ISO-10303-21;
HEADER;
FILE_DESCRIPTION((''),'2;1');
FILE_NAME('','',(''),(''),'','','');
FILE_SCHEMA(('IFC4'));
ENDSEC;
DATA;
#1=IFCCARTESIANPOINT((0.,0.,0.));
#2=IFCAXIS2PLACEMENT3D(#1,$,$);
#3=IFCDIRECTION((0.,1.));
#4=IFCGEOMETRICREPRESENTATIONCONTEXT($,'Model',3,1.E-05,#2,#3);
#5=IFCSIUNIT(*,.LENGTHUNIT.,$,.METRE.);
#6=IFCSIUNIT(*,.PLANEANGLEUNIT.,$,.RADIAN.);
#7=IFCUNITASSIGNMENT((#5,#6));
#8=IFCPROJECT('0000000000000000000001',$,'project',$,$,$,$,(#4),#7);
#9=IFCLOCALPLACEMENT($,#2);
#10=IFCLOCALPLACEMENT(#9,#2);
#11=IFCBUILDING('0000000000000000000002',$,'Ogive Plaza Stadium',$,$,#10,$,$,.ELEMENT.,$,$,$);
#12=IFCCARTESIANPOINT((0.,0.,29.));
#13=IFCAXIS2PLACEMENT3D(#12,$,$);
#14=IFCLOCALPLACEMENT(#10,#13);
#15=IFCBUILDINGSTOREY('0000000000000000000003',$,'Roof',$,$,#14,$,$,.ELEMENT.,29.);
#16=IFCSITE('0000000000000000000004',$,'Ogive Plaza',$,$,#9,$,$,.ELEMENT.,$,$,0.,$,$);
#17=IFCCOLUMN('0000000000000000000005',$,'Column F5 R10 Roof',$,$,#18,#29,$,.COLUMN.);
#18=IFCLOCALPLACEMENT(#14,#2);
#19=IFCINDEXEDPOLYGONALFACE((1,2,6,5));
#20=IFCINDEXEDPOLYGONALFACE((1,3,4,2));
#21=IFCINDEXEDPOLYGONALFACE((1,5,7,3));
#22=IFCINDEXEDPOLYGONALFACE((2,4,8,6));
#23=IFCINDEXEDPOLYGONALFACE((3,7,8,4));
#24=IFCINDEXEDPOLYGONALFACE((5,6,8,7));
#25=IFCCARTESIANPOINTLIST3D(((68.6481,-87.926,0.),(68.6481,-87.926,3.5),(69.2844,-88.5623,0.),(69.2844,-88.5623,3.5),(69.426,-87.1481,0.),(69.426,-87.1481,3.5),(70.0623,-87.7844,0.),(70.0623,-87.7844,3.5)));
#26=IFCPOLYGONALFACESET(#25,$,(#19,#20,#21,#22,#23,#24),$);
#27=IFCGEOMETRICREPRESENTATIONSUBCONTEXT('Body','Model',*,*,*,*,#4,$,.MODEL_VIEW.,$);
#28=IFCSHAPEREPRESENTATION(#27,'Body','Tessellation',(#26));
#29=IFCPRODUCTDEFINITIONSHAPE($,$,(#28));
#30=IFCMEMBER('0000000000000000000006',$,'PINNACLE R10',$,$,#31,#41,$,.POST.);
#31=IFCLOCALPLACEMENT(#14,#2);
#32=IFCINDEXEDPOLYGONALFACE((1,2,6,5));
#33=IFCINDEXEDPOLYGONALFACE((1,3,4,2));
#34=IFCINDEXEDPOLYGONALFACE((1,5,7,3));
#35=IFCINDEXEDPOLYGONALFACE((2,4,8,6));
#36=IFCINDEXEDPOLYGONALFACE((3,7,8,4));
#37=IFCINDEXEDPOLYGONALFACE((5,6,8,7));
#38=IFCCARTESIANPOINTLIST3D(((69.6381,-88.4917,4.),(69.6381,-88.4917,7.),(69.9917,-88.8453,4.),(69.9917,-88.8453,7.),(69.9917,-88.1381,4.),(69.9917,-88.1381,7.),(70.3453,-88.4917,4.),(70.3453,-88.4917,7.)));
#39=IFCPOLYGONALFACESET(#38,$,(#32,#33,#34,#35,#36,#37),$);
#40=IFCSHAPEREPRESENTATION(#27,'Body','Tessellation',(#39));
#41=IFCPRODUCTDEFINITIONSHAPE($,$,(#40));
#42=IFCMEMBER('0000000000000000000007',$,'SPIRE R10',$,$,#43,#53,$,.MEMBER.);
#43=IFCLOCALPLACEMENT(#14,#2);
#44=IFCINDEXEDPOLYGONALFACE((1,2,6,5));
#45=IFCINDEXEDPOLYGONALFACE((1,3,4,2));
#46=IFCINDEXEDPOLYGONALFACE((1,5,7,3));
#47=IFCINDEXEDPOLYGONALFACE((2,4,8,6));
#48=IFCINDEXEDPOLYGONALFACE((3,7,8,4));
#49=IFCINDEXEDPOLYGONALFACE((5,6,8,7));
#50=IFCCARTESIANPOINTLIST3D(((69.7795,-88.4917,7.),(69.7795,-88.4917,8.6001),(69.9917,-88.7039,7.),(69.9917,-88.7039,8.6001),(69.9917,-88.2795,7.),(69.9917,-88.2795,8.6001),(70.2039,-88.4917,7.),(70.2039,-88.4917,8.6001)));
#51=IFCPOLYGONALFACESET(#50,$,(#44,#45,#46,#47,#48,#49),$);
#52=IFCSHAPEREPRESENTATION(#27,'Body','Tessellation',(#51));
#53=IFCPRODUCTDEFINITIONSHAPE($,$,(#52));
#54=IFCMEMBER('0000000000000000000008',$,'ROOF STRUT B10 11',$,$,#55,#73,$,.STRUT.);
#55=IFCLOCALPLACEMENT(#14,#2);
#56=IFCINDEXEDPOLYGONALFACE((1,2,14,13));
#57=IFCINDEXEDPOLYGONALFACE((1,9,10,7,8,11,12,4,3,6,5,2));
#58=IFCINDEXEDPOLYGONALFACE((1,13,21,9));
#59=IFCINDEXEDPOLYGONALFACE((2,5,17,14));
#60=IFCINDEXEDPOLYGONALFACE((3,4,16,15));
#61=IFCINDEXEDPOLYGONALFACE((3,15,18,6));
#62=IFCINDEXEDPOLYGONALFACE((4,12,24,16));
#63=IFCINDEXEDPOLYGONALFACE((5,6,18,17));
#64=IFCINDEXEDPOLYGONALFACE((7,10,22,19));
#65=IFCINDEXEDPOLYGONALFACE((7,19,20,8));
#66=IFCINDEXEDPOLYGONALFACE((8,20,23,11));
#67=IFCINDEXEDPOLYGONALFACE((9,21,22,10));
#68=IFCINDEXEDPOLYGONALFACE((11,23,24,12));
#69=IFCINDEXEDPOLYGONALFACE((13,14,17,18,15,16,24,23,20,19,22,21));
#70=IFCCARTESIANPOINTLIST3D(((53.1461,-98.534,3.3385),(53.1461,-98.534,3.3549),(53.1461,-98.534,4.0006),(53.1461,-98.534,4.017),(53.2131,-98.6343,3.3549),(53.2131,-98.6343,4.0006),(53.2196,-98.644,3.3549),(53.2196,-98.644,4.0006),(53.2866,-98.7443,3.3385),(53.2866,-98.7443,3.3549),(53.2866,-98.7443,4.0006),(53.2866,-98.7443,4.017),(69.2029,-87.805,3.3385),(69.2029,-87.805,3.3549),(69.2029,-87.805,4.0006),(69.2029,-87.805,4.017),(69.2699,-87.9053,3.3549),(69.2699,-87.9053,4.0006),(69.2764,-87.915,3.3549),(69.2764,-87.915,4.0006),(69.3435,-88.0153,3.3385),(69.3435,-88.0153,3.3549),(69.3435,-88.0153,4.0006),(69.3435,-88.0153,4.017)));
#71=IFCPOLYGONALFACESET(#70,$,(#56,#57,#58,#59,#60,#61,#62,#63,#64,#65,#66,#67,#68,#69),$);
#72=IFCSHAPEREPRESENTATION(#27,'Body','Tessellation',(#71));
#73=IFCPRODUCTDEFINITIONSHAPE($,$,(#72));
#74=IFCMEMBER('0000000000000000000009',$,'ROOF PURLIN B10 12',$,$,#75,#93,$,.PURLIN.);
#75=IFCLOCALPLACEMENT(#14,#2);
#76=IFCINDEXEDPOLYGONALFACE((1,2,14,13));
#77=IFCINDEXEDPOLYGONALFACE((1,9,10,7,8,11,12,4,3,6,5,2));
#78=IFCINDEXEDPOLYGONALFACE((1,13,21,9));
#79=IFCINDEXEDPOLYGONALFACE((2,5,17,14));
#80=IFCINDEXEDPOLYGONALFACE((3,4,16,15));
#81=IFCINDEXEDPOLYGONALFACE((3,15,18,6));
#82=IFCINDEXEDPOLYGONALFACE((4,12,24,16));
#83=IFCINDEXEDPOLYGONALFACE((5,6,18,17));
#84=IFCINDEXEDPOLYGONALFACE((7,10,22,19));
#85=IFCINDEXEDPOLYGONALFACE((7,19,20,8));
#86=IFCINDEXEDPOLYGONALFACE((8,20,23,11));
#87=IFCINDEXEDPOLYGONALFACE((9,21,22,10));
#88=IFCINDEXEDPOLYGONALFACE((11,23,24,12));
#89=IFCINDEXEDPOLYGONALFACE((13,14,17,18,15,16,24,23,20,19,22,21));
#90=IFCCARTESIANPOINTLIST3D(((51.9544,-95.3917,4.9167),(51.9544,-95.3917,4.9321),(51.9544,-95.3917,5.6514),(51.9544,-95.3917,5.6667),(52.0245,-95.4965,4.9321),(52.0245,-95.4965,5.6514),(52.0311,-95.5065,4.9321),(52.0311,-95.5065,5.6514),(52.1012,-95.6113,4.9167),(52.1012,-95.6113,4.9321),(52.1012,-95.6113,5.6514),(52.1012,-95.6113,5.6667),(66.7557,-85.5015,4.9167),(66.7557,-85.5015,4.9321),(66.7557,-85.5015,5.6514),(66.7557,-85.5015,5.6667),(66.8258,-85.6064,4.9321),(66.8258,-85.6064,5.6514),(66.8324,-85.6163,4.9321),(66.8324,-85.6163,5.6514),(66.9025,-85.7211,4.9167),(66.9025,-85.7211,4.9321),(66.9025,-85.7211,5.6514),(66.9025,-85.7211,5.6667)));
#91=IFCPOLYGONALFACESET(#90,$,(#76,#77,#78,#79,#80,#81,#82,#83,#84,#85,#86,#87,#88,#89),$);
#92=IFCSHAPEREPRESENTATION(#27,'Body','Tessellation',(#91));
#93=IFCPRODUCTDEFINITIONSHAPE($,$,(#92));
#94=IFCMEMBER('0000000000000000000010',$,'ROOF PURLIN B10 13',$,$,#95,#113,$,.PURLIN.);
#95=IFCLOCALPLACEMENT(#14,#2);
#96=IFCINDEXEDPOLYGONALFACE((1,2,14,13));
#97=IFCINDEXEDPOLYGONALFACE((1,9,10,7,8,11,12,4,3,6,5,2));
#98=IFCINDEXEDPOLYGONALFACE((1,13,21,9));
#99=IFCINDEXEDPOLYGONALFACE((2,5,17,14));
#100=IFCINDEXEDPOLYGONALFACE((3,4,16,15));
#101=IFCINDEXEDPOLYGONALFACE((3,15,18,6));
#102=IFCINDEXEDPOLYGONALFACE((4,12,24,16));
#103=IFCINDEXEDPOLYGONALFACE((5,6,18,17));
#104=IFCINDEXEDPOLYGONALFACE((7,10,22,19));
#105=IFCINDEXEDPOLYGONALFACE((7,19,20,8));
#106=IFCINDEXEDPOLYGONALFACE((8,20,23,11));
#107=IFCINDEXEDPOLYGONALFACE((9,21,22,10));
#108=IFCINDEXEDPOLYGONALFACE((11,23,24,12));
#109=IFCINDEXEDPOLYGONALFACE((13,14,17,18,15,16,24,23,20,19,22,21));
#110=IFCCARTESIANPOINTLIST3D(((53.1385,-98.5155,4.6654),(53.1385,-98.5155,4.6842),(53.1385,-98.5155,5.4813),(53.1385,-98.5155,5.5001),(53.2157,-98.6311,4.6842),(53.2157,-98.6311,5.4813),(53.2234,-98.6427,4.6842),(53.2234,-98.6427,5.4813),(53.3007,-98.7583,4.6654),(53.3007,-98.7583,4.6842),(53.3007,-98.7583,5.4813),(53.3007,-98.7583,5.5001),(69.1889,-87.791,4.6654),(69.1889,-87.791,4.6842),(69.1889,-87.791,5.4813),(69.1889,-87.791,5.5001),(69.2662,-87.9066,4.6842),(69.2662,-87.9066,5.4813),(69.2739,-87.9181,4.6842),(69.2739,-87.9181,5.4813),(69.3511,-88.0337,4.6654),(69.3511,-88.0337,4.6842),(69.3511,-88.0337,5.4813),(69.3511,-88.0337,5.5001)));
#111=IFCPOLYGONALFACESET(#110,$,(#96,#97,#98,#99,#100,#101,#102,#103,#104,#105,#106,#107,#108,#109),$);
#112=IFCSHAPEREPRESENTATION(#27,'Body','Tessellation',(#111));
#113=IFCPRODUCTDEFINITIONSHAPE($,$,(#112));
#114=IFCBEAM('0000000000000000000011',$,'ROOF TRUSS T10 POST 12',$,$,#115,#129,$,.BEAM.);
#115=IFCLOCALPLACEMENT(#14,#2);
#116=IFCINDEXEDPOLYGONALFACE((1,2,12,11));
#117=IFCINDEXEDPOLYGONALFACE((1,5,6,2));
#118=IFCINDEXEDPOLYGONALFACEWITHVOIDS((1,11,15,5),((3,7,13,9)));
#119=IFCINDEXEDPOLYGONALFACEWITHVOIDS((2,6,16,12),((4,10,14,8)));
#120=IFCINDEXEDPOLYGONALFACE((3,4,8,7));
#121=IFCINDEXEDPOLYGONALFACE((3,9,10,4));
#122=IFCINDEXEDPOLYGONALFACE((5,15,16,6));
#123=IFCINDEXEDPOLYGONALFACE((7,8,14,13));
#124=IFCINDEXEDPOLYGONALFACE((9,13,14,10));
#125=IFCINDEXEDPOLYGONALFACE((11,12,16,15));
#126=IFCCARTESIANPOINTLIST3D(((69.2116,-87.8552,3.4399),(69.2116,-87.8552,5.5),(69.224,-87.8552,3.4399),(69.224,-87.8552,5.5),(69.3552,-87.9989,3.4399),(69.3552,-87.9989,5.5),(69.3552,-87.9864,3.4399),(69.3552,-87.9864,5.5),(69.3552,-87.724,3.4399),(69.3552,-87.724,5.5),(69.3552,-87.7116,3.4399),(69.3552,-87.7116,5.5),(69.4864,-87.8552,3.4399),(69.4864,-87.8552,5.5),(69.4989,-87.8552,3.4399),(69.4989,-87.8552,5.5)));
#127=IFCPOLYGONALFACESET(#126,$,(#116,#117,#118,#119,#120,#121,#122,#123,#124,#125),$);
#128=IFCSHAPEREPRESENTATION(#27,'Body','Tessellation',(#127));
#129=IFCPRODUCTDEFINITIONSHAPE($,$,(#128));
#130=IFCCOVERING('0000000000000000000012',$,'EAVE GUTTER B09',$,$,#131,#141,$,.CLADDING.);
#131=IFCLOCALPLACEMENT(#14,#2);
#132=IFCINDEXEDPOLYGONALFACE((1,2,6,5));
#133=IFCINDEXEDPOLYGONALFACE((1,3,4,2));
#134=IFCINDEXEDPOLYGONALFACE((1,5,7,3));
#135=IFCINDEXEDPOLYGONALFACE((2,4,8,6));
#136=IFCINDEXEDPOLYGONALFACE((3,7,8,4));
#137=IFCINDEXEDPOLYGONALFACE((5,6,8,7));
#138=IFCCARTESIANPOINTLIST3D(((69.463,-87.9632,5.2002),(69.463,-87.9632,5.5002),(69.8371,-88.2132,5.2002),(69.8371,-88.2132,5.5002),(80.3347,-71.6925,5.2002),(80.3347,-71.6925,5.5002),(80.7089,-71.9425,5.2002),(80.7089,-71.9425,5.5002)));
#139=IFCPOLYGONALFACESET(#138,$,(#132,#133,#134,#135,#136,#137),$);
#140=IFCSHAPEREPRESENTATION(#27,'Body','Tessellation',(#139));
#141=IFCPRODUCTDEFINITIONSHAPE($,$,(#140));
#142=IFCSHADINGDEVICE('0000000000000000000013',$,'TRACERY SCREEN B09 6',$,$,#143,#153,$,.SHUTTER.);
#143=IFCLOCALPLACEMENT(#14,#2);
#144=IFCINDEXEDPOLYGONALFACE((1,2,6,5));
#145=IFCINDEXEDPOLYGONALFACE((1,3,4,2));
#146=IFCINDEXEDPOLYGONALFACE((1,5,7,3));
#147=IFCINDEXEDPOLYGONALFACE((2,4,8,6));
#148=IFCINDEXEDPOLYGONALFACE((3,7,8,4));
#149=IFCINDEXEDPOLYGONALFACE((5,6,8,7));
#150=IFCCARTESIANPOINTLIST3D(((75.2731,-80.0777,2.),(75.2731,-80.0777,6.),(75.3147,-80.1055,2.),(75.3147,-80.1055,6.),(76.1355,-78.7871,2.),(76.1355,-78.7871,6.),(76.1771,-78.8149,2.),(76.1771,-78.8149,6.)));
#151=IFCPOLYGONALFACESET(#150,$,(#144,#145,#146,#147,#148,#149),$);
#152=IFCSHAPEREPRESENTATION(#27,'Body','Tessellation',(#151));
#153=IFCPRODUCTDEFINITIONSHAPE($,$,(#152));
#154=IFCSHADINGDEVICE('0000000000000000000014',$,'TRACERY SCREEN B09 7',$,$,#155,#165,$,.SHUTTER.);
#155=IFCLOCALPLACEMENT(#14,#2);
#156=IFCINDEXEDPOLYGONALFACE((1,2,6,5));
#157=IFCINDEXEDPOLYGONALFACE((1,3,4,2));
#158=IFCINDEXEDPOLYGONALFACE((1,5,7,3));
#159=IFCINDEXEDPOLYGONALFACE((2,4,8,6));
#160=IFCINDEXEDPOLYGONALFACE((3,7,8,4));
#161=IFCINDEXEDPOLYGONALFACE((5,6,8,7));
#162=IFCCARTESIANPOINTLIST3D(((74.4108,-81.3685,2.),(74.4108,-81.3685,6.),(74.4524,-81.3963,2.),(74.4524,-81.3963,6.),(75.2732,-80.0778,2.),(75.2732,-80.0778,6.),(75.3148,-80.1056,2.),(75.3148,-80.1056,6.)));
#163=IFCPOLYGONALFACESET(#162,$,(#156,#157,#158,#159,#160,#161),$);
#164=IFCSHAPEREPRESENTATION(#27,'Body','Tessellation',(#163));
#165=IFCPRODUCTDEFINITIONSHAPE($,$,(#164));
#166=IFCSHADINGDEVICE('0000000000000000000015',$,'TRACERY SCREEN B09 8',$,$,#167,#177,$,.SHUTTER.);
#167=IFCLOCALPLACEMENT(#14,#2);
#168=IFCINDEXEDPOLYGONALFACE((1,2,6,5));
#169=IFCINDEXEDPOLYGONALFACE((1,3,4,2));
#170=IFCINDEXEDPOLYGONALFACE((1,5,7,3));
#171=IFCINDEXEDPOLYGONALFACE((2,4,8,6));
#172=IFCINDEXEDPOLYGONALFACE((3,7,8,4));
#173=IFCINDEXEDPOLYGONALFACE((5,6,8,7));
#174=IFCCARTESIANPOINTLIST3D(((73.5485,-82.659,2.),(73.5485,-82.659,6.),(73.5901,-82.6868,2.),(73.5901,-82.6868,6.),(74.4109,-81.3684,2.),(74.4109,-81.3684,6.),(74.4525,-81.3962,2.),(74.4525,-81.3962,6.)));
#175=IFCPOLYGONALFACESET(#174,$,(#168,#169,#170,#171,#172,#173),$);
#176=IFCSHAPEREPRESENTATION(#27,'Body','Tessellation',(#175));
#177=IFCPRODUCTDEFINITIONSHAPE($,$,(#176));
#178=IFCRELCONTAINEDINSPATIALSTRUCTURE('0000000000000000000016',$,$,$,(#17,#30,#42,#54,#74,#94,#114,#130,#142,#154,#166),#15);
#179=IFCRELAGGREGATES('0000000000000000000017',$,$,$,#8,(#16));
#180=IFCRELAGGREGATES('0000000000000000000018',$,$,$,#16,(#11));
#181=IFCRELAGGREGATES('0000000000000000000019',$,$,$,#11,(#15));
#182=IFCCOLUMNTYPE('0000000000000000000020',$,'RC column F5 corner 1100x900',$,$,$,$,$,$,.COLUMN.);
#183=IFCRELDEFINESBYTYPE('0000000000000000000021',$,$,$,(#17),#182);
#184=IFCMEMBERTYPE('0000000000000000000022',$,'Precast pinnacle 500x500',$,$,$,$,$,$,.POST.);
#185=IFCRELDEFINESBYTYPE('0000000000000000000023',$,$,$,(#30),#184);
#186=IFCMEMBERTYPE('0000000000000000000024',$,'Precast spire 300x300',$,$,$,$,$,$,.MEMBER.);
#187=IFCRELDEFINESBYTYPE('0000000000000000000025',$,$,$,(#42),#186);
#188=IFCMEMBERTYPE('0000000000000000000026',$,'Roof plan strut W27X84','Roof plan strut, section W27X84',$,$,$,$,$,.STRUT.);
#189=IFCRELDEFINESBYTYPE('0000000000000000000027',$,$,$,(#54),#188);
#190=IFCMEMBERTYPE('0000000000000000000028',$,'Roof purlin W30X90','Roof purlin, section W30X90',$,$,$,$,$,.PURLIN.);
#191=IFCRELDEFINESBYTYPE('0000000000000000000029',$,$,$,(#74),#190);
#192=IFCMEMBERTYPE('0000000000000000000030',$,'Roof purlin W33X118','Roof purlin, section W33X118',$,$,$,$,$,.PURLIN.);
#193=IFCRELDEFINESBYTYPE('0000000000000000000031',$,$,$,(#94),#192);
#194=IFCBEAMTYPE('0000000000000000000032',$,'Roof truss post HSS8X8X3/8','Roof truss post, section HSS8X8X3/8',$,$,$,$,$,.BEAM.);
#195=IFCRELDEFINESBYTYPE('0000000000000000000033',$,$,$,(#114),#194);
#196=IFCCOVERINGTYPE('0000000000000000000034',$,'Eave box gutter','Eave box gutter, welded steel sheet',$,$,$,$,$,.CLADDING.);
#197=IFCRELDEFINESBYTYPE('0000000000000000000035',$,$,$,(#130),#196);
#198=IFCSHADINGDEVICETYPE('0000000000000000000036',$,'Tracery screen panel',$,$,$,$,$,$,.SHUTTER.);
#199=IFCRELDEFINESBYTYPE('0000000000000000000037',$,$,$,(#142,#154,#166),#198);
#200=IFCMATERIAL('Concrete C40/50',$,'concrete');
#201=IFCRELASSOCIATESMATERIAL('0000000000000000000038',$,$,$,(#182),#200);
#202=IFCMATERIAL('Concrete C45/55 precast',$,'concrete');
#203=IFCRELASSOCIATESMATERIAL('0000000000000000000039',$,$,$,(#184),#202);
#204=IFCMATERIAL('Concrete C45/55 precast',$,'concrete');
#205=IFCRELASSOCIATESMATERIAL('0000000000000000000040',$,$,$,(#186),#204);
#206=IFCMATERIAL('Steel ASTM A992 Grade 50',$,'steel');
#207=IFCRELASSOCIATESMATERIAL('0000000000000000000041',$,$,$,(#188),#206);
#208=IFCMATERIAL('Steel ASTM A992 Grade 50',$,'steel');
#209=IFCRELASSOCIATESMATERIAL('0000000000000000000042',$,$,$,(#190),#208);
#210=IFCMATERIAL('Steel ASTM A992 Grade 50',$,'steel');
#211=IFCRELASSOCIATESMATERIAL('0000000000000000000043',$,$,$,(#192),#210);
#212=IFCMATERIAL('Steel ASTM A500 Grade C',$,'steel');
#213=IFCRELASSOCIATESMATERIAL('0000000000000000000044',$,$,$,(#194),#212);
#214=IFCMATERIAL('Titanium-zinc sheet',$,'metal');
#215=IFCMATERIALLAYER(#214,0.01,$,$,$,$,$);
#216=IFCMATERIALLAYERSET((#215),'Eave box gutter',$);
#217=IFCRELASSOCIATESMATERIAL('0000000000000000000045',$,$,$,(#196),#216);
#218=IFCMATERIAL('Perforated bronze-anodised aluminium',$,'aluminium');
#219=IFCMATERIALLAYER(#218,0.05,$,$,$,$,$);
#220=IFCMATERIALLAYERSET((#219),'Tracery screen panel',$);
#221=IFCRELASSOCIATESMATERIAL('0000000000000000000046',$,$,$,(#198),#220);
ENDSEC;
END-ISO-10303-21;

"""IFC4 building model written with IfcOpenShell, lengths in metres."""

from ifc_helpers import new_model, si_unit, direction, frame, origin, origin_2d, place, context, subcontext, project, spatial, rectangle, hollow_rectangle, i_section, extrude, material, layer, layer_set, material_profile, profile_set, type_object, element, save


model = new_model("IFC4")

# Units and contexts
model_context = context("Model", 3, precision=1e-05, world=origin(), true_north=direction((0.0, 1.0)))
body_context = subcontext(model_context, "Body", "Model", "MODEL_VIEW")
ifc_project = project(units=[si_unit("LENGTHUNIT", "METRE"), si_unit("PLANEANGLEUNIT", "RADIAN")], contexts=[model_context])

# Site, building, storey
site_placement = place(None, origin())
site = spatial("IfcSite", under=ifc_project, at=site_placement, Name="Ogive Plaza", CompositionType="ELEMENT", RefElevation=0.0)
building_placement = place(site_placement, origin())
building = spatial("IfcBuilding", under=site, at=building_placement, Name="Ogive Plaza Stadium", CompositionType="ELEMENT")
storey_placement = place(building_placement, frame((0.0, 0.0, 29.0)))
storey = spatial("IfcBuildingStorey", under=building, at=storey_placement, Name="Roof", CompositionType="ELEMENT", Elevation=29.0)

# Column
ifc_material_1 = material(Name="Concrete C40/50", Category="concrete")
ifc_material_profile_1 = material_profile(ifc_material_1, rectangle(XDim=1.1001, YDim=0.8999, at=origin_2d()), Name="RC 1100x900")
ifc_profile_set_1 = profile_set([ifc_material_profile_1], Name="Concrete C40/50")
column_type = type_object("IfcColumnType", Name="RC column F5 corner 1100x900", PredefinedType="COLUMN", material=ifc_profile_set_1)
column_placement = place(storey_placement, frame((69.3552, -87.8552, 0.0), z_axis=(0.0, 0.0, 1.0), x_axis=(0.707107, 0.707107, 0.0)))
element("IfcColumn", 1, at=column_placement, inside=storey, type_object=column_type, Name="Column F5 R10 Roof", PredefinedType="COLUMN", context=body_context, shape_type="SweptSolid", body=[
    extrude(rectangle(XDim=1.1001, YDim=0.8999, at=origin_2d()), origin(), (0.0, 0.0, 1.0), 3.5),
])

# Members
ifc_material_2 = material(Name="Concrete C45/55 precast", Category="concrete")
ifc_material_profile_2 = material_profile(ifc_material_2, rectangle(XDim=0.5, YDim=0.5, at=origin_2d()), Name="RC 500x500")
ifc_profile_set_2 = profile_set([ifc_material_profile_2], Name="Concrete C45/55 precast")
member_type_1 = type_object("IfcMemberType", Name="Precast pinnacle 500x500", PredefinedType="POST", material=ifc_profile_set_2)
member_1_placement = place(storey_placement, frame((69.9917, -88.4917, 4.0), z_axis=(0.0, 0.0, 1.0), x_axis=(0.707107, 0.707107, 0.0)))
element("IfcMember", 2, at=member_1_placement, inside=storey, type_object=member_type_1, Name="PINNACLE R10", PredefinedType="POST", context=body_context, shape_type="SweptSolid", body=[
    extrude(rectangle(XDim=0.5, YDim=0.5, at=origin_2d()), origin(), (0.0, 0.0, 1.0), 3.0),
])
ifc_material_3 = material(Name="Concrete C45/55 precast", Category="concrete")
ifc_material_profile_3 = material_profile(ifc_material_3, rectangle(XDim=0.3, YDim=0.3, at=origin_2d()), Name="RC 300x300")
ifc_profile_set_3 = profile_set([ifc_material_profile_3], Name="Concrete C45/55 precast")
member_type_2 = type_object("IfcMemberType", Name="Precast spire 300x300", PredefinedType="MEMBER", material=ifc_profile_set_3)
member_2_placement = place(storey_placement, frame((69.9917, -88.4917, 7.0), z_axis=(0.0, 0.0, 1.0), x_axis=(0.707107, 0.707107, 0.0)))
element("IfcMember", 3, at=member_2_placement, inside=storey, type_object=member_type_2, Name="SPIRE R10", PredefinedType="MEMBER", context=body_context, shape_type="SweptSolid", body=[
    extrude(rectangle(XDim=0.3, YDim=0.3, at=origin_2d()), origin(), (0.0, 0.0, 1.0), 1.6001),
])
ifc_material_4 = material(Name="Steel ASTM A992 Grade 50", Category="steel")
ifc_material_profile_4 = material_profile(ifc_material_4, i_section(OverallWidth=0.2529, OverallDepth=0.6785, WebThickness=0.0117, FlangeThickness=0.0164, at=origin_2d()), Name="W27X84")
ifc_profile_set_4 = profile_set([ifc_material_profile_4], Name="Steel ASTM A992 Grade 50")
member_type_3 = type_object("IfcMemberType", Name="Roof plan strut W27X84", Description="Roof plan strut, section W27X84", PredefinedType="STRUT", material=ifc_profile_set_4)
member_3_placement = place(storey_placement, frame((69.2732, -87.9102, 3.6777), z_axis=(-0.831466, -0.555575, 0.0), x_axis=(0.555575, -0.831466, 0.0)))
element("IfcMember", 4, at=member_3_placement, inside=storey, type_object=member_type_3, Name="ROOF STRUT B10 11", PredefinedType="STRUT", context=body_context, shape_type="SweptSolid", body=[
    extrude(i_section(OverallWidth=0.2529, OverallDepth=0.6785, WebThickness=0.0117, FlangeThickness=0.0164, at=origin_2d()), origin(), (0.0, 0.0, 1.0), 19.3115),
])
ifc_material_5 = material(Name="Steel ASTM A992 Grade 50", Category="steel")
ifc_material_profile_5 = material_profile(ifc_material_5, i_section(OverallWidth=0.2642, OverallDepth=0.75, WebThickness=0.012, FlangeThickness=0.0154, at=origin_2d()), Name="W30X90")
ifc_profile_set_5 = profile_set([ifc_material_profile_5], Name="Steel ASTM A992 Grade 50")
member_type_4 = type_object("IfcMemberType", Name="Roof purlin W30X90", Description="Roof purlin, section W30X90", PredefinedType="PURLIN", material=ifc_profile_set_5)
member_4_placement = place(storey_placement, frame((66.8291, -85.6113, 5.2917), z_axis=(-0.831463, -0.55558, 0.0), x_axis=(0.55558, -0.831463, 0.0)))
element("IfcMember", 5, at=member_4_placement, inside=storey, type_object=member_type_4, Name="ROOF PURLIN B10 12", PredefinedType="PURLIN", context=body_context, shape_type="SweptSolid", body=[
    extrude(i_section(OverallWidth=0.2642, OverallDepth=0.75, WebThickness=0.012, FlangeThickness=0.0154, at=origin_2d()), origin(), (0.0, 0.0, 1.0), 17.8015),
])
ifc_material_6 = material(Name="Steel ASTM A992 Grade 50", Category="steel")
ifc_material_profile_6 = material_profile(ifc_material_6, i_section(OverallWidth=0.292, OverallDepth=0.8347, WebThickness=0.0139, FlangeThickness=0.0188, at=origin_2d()), Name="W33X118")
ifc_profile_set_6 = profile_set([ifc_material_profile_6], Name="Steel ASTM A992 Grade 50")
member_type_5 = type_object("IfcMemberType", Name="Roof purlin W33X118", Description="Roof purlin, section W33X118", PredefinedType="PURLIN", material=ifc_profile_set_6)
member_5_placement = place(storey_placement, frame((69.27, -87.9124, 5.0828), z_axis=(-0.83147, -0.55557, 0.0), x_axis=(0.55557, -0.83147, 0.0)))
element("IfcMember", 6, at=member_5_placement, inside=storey, type_object=member_type_5, Name="ROOF PURLIN B10 13", PredefinedType="PURLIN", context=body_context, shape_type="SweptSolid", body=[
    extrude(i_section(OverallWidth=0.292, OverallDepth=0.8347, WebThickness=0.0139, FlangeThickness=0.0188, at=origin_2d()), origin(), (0.0, 0.0, 1.0), 19.3037),
])

# Beam
ifc_material_7 = material(Name="Steel ASTM A500 Grade C", Category="steel")
ifc_material_profile_7 = material_profile(ifc_material_7, hollow_rectangle(XDim=0.2031, YDim=0.2031, WallThickness=0.0088, at=origin_2d()), Name="HSS8X8X3/8")
ifc_profile_set_7 = profile_set([ifc_material_profile_7], Name="Steel ASTM A500 Grade C")
beam_type = type_object("IfcBeamType", Name="Roof truss post HSS8X8X3/8", Description="Roof truss post, section HSS8X8X3/8", PredefinedType="BEAM", material=ifc_profile_set_7)
beam_placement = place(storey_placement, frame((69.3552, -87.8552, 3.4399), z_axis=(0.0, 0.0, 1.0), x_axis=(0.707107, 0.707107, 0.0)))
element("IfcBeam", 7, at=beam_placement, inside=storey, type_object=beam_type, Name="ROOF TRUSS T10 POST 12", PredefinedType="BEAM", context=body_context, shape_type="SweptSolid", body=[
    extrude(hollow_rectangle(XDim=0.2031, YDim=0.2031, WallThickness=0.0088, at=origin_2d()), origin(), (0.0, 0.0, 1.0), 2.0601),
])

# Covering
ifc_material_8 = material(Name="Titanium-zinc sheet", Category="metal")
ifc_layer_1 = layer(ifc_material_8, 0.01)
ifc_layer_set_1 = layer_set([ifc_layer_1], Name="Eave box gutter")
covering_type = type_object("IfcCoveringType", Name="Eave box gutter", Description="Eave box gutter, welded steel sheet", PredefinedType="CLADDING", material=ifc_layer_set_1)
covering_placement = place(storey_placement, frame((75.0859, -79.9529, 5.2002), z_axis=(0.0, 0.0, 1.0), x_axis=(-0.55557, -0.83147, 0.0)))
element("IfcCovering", 8, at=covering_placement, inside=storey, type_object=covering_type, Name="EAVE GUTTER B09", PredefinedType="CLADDING", context=body_context, shape_type="SweptSolid", body=[
    extrude(rectangle(XDim=19.5686, YDim=0.45, at=origin_2d()), origin(), (0.0, 0.0, 1.0), 0.3),
])

# Shading devices
ifc_material_9 = material(Name="Perforated bronze-anodised aluminium", Category="aluminium")
ifc_layer_2 = layer(ifc_material_9, 0.05)
ifc_layer_set_2 = layer_set([ifc_layer_2], Name="Tracery screen panel")
shading_device_type = type_object("IfcShadingDeviceType", Name="Tracery screen panel", PredefinedType="SHUTTER", material=ifc_layer_set_2)
for number, where, z_axis, x_axis, name in (
    (9, (75.7251, -79.4463, 2.0), (0.0, 0.0, 1.0), (-0.55557, -0.83147, 0.0), "TRACERY SCREEN B09 6"),
    (10, (74.8628, -80.7371, 2.0), (0.0, 0.0, 1.0), (-0.55557, -0.83147, 0.0), "TRACERY SCREEN B09 7"),
    (11, (74.0005, -82.0276, 2.0), (0.0, 0.0, 1.0), (-0.55557, -0.83147, 0.0), "TRACERY SCREEN B09 8"),
):
    element("IfcShadingDevice", number, at=place(storey_placement, frame(where, z_axis=z_axis, x_axis=x_axis)), inside=storey, type_object=shading_device_type, Name=name, PredefinedType="SHUTTER", context=body_context, shape_type="SweptSolid", body=[
        extrude(rectangle(XDim=1.5522, YDim=0.05, at=origin_2d()), origin(), (0.0, 0.0, 1.0), 4.0),
    ])

save(model, "model.ifc")
